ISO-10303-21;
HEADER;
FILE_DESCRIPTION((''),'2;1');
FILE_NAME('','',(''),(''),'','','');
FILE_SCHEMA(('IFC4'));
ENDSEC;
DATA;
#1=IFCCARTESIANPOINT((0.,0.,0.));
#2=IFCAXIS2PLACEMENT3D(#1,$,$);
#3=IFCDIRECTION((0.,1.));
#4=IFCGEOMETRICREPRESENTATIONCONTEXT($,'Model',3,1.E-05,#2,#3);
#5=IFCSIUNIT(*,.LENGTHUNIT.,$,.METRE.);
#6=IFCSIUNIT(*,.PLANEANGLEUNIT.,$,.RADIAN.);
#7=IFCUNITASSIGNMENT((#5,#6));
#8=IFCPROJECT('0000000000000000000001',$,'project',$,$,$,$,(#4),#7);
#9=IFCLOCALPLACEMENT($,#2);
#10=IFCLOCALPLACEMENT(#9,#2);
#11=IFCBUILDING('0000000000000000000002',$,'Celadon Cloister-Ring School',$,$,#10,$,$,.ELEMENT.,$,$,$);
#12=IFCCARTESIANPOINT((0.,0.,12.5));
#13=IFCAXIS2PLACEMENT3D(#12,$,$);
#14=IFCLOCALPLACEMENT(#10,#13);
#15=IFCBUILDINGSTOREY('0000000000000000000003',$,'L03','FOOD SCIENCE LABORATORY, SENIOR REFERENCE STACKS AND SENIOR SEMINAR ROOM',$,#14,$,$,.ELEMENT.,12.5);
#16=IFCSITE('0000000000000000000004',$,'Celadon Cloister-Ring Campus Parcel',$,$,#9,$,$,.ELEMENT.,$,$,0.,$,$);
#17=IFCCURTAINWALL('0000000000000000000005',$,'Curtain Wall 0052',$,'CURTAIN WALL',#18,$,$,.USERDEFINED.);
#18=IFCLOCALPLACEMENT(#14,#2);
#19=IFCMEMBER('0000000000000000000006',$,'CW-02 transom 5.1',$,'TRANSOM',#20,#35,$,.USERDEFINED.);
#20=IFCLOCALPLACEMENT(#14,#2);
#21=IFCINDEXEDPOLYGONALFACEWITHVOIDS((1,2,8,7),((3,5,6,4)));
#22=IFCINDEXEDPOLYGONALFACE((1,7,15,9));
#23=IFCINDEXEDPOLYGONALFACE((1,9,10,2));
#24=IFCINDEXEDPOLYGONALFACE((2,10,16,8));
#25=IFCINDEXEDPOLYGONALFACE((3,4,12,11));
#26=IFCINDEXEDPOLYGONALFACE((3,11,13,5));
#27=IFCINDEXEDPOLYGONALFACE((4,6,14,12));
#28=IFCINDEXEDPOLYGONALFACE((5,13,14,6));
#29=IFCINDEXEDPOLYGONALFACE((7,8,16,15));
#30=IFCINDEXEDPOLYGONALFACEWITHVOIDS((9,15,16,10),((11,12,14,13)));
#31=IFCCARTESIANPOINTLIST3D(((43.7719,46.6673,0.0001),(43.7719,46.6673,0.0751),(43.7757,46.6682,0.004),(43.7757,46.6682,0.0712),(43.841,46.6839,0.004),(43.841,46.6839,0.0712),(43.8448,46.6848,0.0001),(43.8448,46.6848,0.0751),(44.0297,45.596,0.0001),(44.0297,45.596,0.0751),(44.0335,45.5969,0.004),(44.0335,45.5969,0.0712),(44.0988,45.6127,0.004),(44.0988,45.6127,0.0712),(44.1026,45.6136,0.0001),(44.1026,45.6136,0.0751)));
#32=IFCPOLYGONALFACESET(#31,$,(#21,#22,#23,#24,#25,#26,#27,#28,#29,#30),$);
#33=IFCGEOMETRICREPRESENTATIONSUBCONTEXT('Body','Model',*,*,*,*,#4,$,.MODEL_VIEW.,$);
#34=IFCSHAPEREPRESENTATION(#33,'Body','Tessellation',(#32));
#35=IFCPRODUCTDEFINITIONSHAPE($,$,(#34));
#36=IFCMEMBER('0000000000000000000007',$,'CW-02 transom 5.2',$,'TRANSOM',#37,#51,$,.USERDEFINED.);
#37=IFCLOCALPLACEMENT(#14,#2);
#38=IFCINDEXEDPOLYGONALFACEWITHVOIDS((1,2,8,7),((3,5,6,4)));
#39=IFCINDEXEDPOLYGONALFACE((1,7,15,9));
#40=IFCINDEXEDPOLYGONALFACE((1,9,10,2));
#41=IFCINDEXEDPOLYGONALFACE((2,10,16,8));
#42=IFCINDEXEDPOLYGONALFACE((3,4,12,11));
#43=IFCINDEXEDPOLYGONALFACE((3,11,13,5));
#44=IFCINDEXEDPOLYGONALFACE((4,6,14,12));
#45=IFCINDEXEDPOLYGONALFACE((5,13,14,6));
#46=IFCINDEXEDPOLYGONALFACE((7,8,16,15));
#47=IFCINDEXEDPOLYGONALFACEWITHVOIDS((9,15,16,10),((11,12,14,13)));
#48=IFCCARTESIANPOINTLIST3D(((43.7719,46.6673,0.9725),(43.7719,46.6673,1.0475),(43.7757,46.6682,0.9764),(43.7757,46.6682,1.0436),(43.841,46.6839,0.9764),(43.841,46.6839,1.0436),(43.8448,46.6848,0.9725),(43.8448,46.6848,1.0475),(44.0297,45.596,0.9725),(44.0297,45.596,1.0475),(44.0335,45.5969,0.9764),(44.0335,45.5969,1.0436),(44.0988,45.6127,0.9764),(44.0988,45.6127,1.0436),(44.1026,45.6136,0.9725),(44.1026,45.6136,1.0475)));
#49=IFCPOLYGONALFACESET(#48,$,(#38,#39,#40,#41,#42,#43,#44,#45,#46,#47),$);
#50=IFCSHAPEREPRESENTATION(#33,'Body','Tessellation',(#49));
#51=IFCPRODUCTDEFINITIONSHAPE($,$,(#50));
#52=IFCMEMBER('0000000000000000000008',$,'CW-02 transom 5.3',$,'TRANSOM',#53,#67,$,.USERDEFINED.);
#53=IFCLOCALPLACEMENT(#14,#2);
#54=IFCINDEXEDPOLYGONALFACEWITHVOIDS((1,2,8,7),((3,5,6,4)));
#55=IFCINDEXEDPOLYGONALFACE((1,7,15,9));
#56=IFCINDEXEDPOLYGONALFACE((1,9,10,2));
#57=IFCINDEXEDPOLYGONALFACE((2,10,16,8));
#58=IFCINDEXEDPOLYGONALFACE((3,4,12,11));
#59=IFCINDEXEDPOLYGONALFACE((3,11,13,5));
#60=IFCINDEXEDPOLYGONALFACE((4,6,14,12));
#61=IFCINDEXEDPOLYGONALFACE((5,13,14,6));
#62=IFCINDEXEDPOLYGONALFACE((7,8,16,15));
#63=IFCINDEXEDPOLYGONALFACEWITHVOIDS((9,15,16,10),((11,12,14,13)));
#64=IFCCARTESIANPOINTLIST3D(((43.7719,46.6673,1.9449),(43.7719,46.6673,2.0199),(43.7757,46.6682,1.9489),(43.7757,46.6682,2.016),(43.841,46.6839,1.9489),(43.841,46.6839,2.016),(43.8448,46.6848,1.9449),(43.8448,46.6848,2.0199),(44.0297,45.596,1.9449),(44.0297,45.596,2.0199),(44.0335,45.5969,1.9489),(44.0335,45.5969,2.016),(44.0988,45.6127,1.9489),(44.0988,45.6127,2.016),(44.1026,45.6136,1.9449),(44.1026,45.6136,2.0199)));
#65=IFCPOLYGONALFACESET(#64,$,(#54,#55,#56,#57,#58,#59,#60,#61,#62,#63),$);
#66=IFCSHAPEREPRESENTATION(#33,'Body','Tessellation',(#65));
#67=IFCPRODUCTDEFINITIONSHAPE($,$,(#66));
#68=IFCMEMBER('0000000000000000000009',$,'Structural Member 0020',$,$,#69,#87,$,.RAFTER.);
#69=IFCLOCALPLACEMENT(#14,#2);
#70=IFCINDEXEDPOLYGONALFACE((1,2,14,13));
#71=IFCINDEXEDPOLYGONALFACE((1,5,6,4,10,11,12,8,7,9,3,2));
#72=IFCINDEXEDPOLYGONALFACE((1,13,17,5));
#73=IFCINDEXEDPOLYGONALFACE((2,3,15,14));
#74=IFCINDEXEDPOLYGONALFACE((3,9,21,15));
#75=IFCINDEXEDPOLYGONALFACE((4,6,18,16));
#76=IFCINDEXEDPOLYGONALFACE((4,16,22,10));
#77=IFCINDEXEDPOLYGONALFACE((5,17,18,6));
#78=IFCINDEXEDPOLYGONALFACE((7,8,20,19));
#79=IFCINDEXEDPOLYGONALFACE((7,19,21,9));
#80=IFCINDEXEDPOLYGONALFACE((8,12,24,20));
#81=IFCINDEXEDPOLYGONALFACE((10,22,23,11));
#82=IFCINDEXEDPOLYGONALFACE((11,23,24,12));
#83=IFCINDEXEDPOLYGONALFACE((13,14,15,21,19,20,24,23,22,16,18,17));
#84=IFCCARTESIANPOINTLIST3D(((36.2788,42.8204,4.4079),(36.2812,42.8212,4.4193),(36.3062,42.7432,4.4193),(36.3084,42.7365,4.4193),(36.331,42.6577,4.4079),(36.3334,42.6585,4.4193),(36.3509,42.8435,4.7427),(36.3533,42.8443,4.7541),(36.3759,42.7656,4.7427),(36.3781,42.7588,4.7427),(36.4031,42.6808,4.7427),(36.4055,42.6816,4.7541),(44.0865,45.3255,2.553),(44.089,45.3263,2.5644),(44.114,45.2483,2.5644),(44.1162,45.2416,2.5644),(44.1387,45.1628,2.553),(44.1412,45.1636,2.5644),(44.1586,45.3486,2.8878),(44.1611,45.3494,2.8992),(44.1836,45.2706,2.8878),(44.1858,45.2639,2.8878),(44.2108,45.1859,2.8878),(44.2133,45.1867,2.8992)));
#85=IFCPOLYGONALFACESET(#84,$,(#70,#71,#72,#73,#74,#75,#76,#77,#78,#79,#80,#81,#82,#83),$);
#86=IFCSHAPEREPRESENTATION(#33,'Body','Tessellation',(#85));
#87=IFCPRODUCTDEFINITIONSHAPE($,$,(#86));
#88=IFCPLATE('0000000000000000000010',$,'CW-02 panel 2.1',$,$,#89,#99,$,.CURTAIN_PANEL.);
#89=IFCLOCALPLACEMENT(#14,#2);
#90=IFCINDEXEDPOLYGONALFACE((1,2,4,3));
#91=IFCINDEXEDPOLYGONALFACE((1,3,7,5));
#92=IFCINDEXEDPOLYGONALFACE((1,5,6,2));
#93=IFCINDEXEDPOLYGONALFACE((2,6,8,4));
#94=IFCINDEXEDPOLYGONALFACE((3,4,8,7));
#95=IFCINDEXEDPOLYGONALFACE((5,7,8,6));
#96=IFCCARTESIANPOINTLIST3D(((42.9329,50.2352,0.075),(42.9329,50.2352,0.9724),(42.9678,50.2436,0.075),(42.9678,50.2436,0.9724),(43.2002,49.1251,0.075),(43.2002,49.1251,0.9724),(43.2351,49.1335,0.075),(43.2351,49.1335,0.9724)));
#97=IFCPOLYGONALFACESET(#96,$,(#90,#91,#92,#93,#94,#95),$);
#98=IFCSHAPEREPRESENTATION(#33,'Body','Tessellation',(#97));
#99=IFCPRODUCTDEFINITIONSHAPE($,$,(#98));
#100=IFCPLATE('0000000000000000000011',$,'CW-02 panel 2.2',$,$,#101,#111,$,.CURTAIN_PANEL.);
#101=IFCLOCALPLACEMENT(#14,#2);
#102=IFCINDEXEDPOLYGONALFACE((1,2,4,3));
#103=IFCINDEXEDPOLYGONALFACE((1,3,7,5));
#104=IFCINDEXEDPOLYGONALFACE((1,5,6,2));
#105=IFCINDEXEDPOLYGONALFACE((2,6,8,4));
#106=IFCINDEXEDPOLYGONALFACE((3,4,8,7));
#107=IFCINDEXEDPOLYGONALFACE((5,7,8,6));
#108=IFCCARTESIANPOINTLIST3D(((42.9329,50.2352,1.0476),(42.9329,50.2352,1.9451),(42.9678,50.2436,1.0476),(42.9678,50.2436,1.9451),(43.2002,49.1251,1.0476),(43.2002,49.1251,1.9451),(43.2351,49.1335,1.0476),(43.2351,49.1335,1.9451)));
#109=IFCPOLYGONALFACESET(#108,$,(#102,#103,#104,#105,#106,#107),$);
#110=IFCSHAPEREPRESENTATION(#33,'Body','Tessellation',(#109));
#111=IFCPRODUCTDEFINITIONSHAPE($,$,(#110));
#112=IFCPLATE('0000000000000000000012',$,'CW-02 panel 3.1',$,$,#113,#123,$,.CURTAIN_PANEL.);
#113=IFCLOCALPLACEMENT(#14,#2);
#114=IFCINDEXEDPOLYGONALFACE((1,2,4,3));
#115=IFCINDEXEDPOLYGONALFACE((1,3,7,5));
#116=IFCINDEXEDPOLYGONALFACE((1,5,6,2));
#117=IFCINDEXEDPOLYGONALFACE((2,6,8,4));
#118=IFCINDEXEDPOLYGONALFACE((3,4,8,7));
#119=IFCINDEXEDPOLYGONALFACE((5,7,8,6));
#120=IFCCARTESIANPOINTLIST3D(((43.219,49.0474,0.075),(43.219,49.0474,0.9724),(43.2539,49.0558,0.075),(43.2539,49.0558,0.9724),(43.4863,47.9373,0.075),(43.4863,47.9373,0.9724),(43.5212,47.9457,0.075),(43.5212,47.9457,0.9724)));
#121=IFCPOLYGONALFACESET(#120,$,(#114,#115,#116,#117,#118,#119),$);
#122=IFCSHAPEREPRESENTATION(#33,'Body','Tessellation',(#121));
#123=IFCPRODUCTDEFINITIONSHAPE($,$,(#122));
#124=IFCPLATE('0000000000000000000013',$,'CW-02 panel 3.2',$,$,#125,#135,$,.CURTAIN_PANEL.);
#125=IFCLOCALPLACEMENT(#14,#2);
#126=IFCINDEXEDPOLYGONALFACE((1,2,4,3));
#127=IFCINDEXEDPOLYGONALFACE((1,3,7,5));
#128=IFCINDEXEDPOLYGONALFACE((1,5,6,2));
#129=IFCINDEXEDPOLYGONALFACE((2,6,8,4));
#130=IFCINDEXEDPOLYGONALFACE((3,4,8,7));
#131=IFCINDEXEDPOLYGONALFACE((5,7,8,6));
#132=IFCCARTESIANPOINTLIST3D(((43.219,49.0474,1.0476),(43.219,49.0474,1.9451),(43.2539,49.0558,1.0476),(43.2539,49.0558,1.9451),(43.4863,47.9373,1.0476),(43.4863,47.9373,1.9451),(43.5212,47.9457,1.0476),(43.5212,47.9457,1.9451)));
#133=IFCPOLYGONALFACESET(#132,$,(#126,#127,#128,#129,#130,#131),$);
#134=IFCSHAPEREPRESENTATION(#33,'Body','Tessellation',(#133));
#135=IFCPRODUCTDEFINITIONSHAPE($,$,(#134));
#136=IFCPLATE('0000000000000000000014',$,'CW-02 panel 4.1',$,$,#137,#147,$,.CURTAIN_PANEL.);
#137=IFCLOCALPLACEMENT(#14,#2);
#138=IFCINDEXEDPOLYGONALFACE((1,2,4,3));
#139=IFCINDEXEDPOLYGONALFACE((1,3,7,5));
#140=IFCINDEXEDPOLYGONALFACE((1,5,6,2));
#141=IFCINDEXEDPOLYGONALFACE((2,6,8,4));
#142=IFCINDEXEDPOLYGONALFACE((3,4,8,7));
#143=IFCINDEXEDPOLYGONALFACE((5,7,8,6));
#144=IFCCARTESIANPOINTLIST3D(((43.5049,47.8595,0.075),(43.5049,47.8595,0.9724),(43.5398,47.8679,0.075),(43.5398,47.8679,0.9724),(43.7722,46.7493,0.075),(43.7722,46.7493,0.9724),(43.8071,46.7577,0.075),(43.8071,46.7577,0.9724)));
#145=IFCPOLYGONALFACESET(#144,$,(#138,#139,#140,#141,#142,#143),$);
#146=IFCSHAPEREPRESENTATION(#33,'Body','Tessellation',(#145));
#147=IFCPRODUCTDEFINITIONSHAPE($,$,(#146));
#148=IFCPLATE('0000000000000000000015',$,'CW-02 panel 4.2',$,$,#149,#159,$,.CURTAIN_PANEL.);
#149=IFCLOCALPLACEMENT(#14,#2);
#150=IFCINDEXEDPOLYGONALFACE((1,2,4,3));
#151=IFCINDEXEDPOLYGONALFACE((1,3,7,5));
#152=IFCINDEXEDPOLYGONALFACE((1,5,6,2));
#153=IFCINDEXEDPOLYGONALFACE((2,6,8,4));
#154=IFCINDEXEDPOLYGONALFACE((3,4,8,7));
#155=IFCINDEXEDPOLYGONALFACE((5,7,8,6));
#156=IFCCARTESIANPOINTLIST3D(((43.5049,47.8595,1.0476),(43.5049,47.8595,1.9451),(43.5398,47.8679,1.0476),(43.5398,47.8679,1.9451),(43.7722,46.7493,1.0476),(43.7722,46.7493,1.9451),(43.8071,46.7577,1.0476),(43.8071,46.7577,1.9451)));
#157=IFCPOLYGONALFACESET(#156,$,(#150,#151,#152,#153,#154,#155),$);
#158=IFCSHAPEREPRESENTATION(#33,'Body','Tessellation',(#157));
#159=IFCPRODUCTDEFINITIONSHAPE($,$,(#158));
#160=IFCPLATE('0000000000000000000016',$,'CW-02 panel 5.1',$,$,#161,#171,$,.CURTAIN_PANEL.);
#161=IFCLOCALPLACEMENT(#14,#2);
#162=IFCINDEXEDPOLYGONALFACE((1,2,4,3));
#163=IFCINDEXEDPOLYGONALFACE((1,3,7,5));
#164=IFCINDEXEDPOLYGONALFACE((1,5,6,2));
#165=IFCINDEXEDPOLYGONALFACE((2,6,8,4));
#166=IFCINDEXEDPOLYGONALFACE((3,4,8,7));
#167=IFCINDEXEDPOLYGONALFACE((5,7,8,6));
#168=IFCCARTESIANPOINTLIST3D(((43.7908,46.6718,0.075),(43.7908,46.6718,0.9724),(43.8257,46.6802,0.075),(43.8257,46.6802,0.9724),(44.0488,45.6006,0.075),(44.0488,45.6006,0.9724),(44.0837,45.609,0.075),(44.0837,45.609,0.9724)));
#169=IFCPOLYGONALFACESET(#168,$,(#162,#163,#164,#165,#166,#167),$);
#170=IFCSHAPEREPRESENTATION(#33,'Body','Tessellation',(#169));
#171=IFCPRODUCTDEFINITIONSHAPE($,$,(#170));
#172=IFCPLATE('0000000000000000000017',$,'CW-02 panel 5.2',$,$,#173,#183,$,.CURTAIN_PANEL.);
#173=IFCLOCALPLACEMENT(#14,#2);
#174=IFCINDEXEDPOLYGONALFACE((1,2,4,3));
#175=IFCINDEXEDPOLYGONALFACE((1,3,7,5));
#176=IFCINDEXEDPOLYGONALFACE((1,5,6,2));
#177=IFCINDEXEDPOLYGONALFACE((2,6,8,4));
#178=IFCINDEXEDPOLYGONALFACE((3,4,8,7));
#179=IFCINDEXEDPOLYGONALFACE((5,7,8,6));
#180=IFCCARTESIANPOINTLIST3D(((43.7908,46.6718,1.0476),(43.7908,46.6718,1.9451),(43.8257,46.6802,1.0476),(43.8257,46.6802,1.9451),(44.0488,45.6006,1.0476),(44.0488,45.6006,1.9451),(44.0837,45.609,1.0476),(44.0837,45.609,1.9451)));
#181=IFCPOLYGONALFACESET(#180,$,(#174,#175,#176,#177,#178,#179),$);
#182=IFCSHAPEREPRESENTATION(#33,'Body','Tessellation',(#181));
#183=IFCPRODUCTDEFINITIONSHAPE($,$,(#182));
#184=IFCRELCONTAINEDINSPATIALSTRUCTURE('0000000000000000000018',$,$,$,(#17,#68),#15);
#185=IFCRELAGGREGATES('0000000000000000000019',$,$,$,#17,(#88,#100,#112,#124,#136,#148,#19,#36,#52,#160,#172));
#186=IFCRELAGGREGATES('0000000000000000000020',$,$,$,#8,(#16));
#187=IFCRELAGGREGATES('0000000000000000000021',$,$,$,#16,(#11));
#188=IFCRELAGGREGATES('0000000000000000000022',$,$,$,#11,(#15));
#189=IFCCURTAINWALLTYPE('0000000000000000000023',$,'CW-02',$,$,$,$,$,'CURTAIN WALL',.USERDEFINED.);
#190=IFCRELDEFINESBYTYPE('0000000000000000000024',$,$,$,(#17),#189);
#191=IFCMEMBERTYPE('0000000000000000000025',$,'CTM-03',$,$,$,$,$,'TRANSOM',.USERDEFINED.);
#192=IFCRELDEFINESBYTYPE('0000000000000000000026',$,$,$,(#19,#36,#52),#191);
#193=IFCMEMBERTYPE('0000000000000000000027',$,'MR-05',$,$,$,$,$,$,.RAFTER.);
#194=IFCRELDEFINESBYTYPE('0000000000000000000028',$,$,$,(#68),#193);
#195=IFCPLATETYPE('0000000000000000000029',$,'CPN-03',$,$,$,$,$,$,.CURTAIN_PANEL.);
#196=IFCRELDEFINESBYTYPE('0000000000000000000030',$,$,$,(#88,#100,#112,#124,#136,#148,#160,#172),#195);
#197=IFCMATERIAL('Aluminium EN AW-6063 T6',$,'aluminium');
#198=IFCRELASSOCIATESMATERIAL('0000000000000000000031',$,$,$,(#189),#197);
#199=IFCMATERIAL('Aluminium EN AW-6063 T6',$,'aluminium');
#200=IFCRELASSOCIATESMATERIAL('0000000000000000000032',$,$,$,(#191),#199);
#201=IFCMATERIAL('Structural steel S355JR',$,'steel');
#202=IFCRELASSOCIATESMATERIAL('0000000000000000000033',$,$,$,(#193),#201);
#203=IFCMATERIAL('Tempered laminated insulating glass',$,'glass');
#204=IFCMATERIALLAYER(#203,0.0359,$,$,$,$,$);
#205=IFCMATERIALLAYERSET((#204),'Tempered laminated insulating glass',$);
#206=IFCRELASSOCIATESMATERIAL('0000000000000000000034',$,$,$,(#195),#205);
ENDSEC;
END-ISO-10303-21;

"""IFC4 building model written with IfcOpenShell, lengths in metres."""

from ifc_helpers import new_model, si_unit, direction, frame, origin, origin_2d, place, context, subcontext, project, spatial, rectangle, hollow_rectangle, i_section, extrude, material, layer, layer_set, material_profile, profile_set, type_object, element, aggregate, save


model = new_model("IFC4")

# Units and contexts
model_context = context("Model", 3, precision=1e-05, world=origin(), true_north=direction((0.0, 1.0)))
body_context = subcontext(model_context, "Body", "Model", "MODEL_VIEW")
ifc_project = project(units=[si_unit("LENGTHUNIT", "METRE"), si_unit("PLANEANGLEUNIT", "RADIAN")], contexts=[model_context])

# Site, building, storey
site_placement = place(None, origin())
site = spatial("IfcSite", under=ifc_project, at=site_placement, Name="Celadon Cloister-Ring Campus Parcel", CompositionType="ELEMENT", RefElevation=0.0)
building_placement = place(site_placement, origin())
building = spatial("IfcBuilding", under=site, at=building_placement, Name="Celadon Cloister-Ring School", CompositionType="ELEMENT")
storey_placement = place(building_placement, frame((0.0, 0.0, 12.5)))
storey = spatial("IfcBuildingStorey", under=building, at=storey_placement, Name="L03", Description="FOOD SCIENCE LABORATORY, SENIOR REFERENCE STACKS AND SENIOR SEMINAR ROOM", CompositionType="ELEMENT", Elevation=12.5)

# Curtain wall, members
ifc_material_1 = material(Name="Aluminium EN AW-6063 T6", Category="aluminium")
curtain_wall_type = type_object("IfcCurtainWallType", Name="CW-02", ElementType="CURTAIN WALL", PredefinedType="USERDEFINED", material=ifc_material_1)
curtain_wall_placement = place(storey_placement, origin())
curtain_wall = element("IfcCurtainWall", 1, at=curtain_wall_placement, inside=storey, type_object=curtain_wall_type, Name="Curtain Wall 0052", ObjectType="CURTAIN WALL", PredefinedType="USERDEFINED")
ifc_material_2 = material(Name="Aluminium EN AW-6063 T6", Category="aluminium")
ifc_material_profile_1 = material_profile(ifc_material_2, hollow_rectangle(XDim=0.075, YDim=0.075, WallThickness=0.0039, at=origin_2d()), Name="RHS75X75X4")
ifc_profile_set_1 = profile_set([ifc_material_profile_1], Name="Aluminium EN AW-6063 T6")
member_type_1 = type_object("IfcMemberType", Name="CTM-03", ElementType="TRANSOM", PredefinedType="USERDEFINED", material=ifc_profile_set_1)
member_1_placement = place(storey_placement, frame((43.8083, 46.676, 0.0376), z_axis=(0.233976, -0.972242, 0.0), x_axis=(0.972242, 0.233976, 0.0)))
member_1 = element("IfcMember", 2, at=member_1_placement, type_object=member_type_1, Name="CW-02 transom 5.1", ObjectType="TRANSOM", PredefinedType="USERDEFINED", context=body_context, shape_type="SweptSolid", body=[
    extrude(hollow_rectangle(XDim=0.075, YDim=0.075, WallThickness=0.0039, at=origin_2d()), origin(), (0.0, 0.0, 1.0), 1.1018),
])
member_2_placement = place(storey_placement, frame((43.8083, 46.676, 1.01), z_axis=(0.233976, -0.972242, 0.0), x_axis=(0.972242, 0.233976, 0.0)))
member_2 = element("IfcMember", 3, at=member_2_placement, type_object=member_type_1, Name="CW-02 transom 5.2", ObjectType="TRANSOM", PredefinedType="USERDEFINED", context=body_context, shape_type="SweptSolid", body=[
    extrude(hollow_rectangle(XDim=0.075, YDim=0.075, WallThickness=0.0039, at=origin_2d()), origin(), (0.0, 0.0, 1.0), 1.1018),
])
member_3_placement = place(storey_placement, frame((43.8083, 46.676, 1.9824), z_axis=(0.233976, -0.972242, 0.0), x_axis=(0.972242, 0.233976, 0.0)))
member_3 = element("IfcMember", 4, at=member_3_placement, type_object=member_type_1, Name="CW-02 transom 5.3", ObjectType="TRANSOM", PredefinedType="USERDEFINED", context=body_context, shape_type="SweptSolid", body=[
    extrude(hollow_rectangle(XDim=0.075, YDim=0.075, WallThickness=0.0039, at=origin_2d()), origin(), (0.0, 0.0, 1.0), 1.1018),
])

# Member
ifc_material_3 = material(Name="Structural steel S355JR", Category="steel")
ifc_material_profile_2 = material_profile(ifc_material_3, i_section(OverallWidth=0.1709, OverallDepth=0.355, WebThickness=0.0071, FlangeThickness=0.0117, at=origin_2d()), Name="W360X51")
ifc_profile_set_2 = profile_set([ifc_material_profile_2], Name="Structural steel S355JR")
member_type_2 = type_object("IfcMemberType", Name="MR-05", PredefinedType="RAFTER", material=ifc_profile_set_2)
member_4_placement = place(storey_placement, frame((44.1499, 45.2561, 2.7261), z_axis=(-0.928722, -0.297978, 0.220645), x_axis=(0.305507, -0.95219, 0.0)))
element("IfcMember", 5, at=member_4_placement, inside=storey, type_object=member_type_2, Name="Structural Member 0020", PredefinedType="RAFTER", context=body_context, shape_type="SweptSolid", body=[
    extrude(i_section(OverallWidth=0.1709, OverallDepth=0.355, WebThickness=0.0071, FlangeThickness=0.0117, at=origin_2d()), origin(), (0.0, 0.0, 1.0), 8.407),
])

# Plates
ifc_material_4 = material(Name="Tempered laminated insulating glass", Category="glass")
ifc_layer_1 = layer(ifc_material_4, 0.0359)
ifc_layer_set_1 = layer_set([ifc_layer_1], Name="Tempered laminated insulating glass")
plate_type = type_object("IfcPlateType", Name="CPN-03", PredefinedType="CURTAIN_PANEL", material=ifc_layer_set_1)
plate_1_placement = place(storey_placement, frame((43.084, 49.6843, 0.075), z_axis=(0.0, 0.0, 1.0), x_axis=(0.234091, -0.972215, 0.0)))
plate_1 = element("IfcPlate", 6, at=plate_1_placement, type_object=plate_type, Name="CW-02 panel 2.1", PredefinedType="CURTAIN_PANEL", context=body_context, shape_type="SweptSolid", body=[
    extrude(rectangle(XDim=1.1418, YDim=0.0359, at=origin_2d()), origin(), (0.0, 0.0, 1.0), 0.8975),
])
plate_2_placement = place(storey_placement, frame((43.084, 49.6843, 1.0476), z_axis=(0.0, 0.0, 1.0), x_axis=(0.234091, -0.972215, 0.0)))
plate_2 = element("IfcPlate", 7, at=plate_2_placement, type_object=plate_type, Name="CW-02 panel 2.2", PredefinedType="CURTAIN_PANEL", context=body_context, shape_type="SweptSolid", body=[
    extrude(rectangle(XDim=1.1418, YDim=0.0359, at=origin_2d()), origin(), (0.0, 0.0, 1.0), 0.8975),
])
plate_3_placement = place(storey_placement, frame((43.3701, 48.4966, 0.075), z_axis=(0.0, 0.0, 1.0), x_axis=(0.234091, -0.972215, 0.0)))
plate_3 = element("IfcPlate", 8, at=plate_3_placement, type_object=plate_type, Name="CW-02 panel 3.1", PredefinedType="CURTAIN_PANEL", context=body_context, shape_type="SweptSolid", body=[
    extrude(rectangle(XDim=1.1418, YDim=0.0359, at=origin_2d()), origin(), (0.0, 0.0, 1.0), 0.8975),
])
plate_4_placement = place(storey_placement, frame((43.3701, 48.4966, 1.0476), z_axis=(0.0, 0.0, 1.0), x_axis=(0.234091, -0.972215, 0.0)))
plate_4 = element("IfcPlate", 9, at=plate_4_placement, type_object=plate_type, Name="CW-02 panel 3.2", PredefinedType="CURTAIN_PANEL", context=body_context, shape_type="SweptSolid", body=[
    extrude(rectangle(XDim=1.1418, YDim=0.0359, at=origin_2d()), origin(), (0.0, 0.0, 1.0), 0.8975),
])
plate_5_placement = place(storey_placement, frame((43.656, 47.3086, 0.075), z_axis=(0.0, 0.0, 1.0), x_axis=(0.234091, -0.972215, 0.0)))
plate_5 = element("IfcPlate", 10, at=plate_5_placement, type_object=plate_type, Name="CW-02 panel 4.1", PredefinedType="CURTAIN_PANEL", context=body_context, shape_type="SweptSolid", body=[
    extrude(rectangle(XDim=1.1418, YDim=0.0359, at=origin_2d()), origin(), (0.0, 0.0, 1.0), 0.8975),
])
plate_6_placement = place(storey_placement, frame((43.656, 47.3086, 1.0476), z_axis=(0.0, 0.0, 1.0), x_axis=(0.234091, -0.972215, 0.0)))
plate_6 = element("IfcPlate", 11, at=plate_6_placement, type_object=plate_type, Name="CW-02 panel 4.2", PredefinedType="CURTAIN_PANEL", context=body_context, shape_type="SweptSolid", body=[
    extrude(rectangle(XDim=1.1418, YDim=0.0359, at=origin_2d()), origin(), (0.0, 0.0, 1.0), 0.8975),
])
plate_7_placement = place(storey_placement, frame((43.9373, 46.1404, 0.075), z_axis=(0.0, 0.0, 1.0), x_axis=(0.234091, -0.972215, 0.0)))
plate_7 = element("IfcPlate", 12, at=plate_7_placement, type_object=plate_type, Name="CW-02 panel 5.1", PredefinedType="CURTAIN_PANEL", context=body_context, shape_type="SweptSolid", body=[
    extrude(rectangle(XDim=1.1018, YDim=0.0359, at=origin_2d()), origin(), (0.0, 0.0, 1.0), 0.8975),
])
plate_8_placement = place(storey_placement, frame((43.9373, 46.1404, 1.0476), z_axis=(0.0, 0.0, 1.0), x_axis=(0.234091, -0.972215, 0.0)))
plate_8 = element("IfcPlate", 13, at=plate_8_placement, type_object=plate_type, Name="CW-02 panel 5.2", PredefinedType="CURTAIN_PANEL", context=body_context, shape_type="SweptSolid", body=[
    extrude(rectangle(XDim=1.1018, YDim=0.0359, at=origin_2d()), origin(), (0.0, 0.0, 1.0), 0.8975),
])
aggregate(curtain_wall, [plate_1, plate_2, plate_3, plate_4, plate_5, plate_6, member_1, member_2, member_3, plate_7, plate_8])

save(model, "model.ifc")
